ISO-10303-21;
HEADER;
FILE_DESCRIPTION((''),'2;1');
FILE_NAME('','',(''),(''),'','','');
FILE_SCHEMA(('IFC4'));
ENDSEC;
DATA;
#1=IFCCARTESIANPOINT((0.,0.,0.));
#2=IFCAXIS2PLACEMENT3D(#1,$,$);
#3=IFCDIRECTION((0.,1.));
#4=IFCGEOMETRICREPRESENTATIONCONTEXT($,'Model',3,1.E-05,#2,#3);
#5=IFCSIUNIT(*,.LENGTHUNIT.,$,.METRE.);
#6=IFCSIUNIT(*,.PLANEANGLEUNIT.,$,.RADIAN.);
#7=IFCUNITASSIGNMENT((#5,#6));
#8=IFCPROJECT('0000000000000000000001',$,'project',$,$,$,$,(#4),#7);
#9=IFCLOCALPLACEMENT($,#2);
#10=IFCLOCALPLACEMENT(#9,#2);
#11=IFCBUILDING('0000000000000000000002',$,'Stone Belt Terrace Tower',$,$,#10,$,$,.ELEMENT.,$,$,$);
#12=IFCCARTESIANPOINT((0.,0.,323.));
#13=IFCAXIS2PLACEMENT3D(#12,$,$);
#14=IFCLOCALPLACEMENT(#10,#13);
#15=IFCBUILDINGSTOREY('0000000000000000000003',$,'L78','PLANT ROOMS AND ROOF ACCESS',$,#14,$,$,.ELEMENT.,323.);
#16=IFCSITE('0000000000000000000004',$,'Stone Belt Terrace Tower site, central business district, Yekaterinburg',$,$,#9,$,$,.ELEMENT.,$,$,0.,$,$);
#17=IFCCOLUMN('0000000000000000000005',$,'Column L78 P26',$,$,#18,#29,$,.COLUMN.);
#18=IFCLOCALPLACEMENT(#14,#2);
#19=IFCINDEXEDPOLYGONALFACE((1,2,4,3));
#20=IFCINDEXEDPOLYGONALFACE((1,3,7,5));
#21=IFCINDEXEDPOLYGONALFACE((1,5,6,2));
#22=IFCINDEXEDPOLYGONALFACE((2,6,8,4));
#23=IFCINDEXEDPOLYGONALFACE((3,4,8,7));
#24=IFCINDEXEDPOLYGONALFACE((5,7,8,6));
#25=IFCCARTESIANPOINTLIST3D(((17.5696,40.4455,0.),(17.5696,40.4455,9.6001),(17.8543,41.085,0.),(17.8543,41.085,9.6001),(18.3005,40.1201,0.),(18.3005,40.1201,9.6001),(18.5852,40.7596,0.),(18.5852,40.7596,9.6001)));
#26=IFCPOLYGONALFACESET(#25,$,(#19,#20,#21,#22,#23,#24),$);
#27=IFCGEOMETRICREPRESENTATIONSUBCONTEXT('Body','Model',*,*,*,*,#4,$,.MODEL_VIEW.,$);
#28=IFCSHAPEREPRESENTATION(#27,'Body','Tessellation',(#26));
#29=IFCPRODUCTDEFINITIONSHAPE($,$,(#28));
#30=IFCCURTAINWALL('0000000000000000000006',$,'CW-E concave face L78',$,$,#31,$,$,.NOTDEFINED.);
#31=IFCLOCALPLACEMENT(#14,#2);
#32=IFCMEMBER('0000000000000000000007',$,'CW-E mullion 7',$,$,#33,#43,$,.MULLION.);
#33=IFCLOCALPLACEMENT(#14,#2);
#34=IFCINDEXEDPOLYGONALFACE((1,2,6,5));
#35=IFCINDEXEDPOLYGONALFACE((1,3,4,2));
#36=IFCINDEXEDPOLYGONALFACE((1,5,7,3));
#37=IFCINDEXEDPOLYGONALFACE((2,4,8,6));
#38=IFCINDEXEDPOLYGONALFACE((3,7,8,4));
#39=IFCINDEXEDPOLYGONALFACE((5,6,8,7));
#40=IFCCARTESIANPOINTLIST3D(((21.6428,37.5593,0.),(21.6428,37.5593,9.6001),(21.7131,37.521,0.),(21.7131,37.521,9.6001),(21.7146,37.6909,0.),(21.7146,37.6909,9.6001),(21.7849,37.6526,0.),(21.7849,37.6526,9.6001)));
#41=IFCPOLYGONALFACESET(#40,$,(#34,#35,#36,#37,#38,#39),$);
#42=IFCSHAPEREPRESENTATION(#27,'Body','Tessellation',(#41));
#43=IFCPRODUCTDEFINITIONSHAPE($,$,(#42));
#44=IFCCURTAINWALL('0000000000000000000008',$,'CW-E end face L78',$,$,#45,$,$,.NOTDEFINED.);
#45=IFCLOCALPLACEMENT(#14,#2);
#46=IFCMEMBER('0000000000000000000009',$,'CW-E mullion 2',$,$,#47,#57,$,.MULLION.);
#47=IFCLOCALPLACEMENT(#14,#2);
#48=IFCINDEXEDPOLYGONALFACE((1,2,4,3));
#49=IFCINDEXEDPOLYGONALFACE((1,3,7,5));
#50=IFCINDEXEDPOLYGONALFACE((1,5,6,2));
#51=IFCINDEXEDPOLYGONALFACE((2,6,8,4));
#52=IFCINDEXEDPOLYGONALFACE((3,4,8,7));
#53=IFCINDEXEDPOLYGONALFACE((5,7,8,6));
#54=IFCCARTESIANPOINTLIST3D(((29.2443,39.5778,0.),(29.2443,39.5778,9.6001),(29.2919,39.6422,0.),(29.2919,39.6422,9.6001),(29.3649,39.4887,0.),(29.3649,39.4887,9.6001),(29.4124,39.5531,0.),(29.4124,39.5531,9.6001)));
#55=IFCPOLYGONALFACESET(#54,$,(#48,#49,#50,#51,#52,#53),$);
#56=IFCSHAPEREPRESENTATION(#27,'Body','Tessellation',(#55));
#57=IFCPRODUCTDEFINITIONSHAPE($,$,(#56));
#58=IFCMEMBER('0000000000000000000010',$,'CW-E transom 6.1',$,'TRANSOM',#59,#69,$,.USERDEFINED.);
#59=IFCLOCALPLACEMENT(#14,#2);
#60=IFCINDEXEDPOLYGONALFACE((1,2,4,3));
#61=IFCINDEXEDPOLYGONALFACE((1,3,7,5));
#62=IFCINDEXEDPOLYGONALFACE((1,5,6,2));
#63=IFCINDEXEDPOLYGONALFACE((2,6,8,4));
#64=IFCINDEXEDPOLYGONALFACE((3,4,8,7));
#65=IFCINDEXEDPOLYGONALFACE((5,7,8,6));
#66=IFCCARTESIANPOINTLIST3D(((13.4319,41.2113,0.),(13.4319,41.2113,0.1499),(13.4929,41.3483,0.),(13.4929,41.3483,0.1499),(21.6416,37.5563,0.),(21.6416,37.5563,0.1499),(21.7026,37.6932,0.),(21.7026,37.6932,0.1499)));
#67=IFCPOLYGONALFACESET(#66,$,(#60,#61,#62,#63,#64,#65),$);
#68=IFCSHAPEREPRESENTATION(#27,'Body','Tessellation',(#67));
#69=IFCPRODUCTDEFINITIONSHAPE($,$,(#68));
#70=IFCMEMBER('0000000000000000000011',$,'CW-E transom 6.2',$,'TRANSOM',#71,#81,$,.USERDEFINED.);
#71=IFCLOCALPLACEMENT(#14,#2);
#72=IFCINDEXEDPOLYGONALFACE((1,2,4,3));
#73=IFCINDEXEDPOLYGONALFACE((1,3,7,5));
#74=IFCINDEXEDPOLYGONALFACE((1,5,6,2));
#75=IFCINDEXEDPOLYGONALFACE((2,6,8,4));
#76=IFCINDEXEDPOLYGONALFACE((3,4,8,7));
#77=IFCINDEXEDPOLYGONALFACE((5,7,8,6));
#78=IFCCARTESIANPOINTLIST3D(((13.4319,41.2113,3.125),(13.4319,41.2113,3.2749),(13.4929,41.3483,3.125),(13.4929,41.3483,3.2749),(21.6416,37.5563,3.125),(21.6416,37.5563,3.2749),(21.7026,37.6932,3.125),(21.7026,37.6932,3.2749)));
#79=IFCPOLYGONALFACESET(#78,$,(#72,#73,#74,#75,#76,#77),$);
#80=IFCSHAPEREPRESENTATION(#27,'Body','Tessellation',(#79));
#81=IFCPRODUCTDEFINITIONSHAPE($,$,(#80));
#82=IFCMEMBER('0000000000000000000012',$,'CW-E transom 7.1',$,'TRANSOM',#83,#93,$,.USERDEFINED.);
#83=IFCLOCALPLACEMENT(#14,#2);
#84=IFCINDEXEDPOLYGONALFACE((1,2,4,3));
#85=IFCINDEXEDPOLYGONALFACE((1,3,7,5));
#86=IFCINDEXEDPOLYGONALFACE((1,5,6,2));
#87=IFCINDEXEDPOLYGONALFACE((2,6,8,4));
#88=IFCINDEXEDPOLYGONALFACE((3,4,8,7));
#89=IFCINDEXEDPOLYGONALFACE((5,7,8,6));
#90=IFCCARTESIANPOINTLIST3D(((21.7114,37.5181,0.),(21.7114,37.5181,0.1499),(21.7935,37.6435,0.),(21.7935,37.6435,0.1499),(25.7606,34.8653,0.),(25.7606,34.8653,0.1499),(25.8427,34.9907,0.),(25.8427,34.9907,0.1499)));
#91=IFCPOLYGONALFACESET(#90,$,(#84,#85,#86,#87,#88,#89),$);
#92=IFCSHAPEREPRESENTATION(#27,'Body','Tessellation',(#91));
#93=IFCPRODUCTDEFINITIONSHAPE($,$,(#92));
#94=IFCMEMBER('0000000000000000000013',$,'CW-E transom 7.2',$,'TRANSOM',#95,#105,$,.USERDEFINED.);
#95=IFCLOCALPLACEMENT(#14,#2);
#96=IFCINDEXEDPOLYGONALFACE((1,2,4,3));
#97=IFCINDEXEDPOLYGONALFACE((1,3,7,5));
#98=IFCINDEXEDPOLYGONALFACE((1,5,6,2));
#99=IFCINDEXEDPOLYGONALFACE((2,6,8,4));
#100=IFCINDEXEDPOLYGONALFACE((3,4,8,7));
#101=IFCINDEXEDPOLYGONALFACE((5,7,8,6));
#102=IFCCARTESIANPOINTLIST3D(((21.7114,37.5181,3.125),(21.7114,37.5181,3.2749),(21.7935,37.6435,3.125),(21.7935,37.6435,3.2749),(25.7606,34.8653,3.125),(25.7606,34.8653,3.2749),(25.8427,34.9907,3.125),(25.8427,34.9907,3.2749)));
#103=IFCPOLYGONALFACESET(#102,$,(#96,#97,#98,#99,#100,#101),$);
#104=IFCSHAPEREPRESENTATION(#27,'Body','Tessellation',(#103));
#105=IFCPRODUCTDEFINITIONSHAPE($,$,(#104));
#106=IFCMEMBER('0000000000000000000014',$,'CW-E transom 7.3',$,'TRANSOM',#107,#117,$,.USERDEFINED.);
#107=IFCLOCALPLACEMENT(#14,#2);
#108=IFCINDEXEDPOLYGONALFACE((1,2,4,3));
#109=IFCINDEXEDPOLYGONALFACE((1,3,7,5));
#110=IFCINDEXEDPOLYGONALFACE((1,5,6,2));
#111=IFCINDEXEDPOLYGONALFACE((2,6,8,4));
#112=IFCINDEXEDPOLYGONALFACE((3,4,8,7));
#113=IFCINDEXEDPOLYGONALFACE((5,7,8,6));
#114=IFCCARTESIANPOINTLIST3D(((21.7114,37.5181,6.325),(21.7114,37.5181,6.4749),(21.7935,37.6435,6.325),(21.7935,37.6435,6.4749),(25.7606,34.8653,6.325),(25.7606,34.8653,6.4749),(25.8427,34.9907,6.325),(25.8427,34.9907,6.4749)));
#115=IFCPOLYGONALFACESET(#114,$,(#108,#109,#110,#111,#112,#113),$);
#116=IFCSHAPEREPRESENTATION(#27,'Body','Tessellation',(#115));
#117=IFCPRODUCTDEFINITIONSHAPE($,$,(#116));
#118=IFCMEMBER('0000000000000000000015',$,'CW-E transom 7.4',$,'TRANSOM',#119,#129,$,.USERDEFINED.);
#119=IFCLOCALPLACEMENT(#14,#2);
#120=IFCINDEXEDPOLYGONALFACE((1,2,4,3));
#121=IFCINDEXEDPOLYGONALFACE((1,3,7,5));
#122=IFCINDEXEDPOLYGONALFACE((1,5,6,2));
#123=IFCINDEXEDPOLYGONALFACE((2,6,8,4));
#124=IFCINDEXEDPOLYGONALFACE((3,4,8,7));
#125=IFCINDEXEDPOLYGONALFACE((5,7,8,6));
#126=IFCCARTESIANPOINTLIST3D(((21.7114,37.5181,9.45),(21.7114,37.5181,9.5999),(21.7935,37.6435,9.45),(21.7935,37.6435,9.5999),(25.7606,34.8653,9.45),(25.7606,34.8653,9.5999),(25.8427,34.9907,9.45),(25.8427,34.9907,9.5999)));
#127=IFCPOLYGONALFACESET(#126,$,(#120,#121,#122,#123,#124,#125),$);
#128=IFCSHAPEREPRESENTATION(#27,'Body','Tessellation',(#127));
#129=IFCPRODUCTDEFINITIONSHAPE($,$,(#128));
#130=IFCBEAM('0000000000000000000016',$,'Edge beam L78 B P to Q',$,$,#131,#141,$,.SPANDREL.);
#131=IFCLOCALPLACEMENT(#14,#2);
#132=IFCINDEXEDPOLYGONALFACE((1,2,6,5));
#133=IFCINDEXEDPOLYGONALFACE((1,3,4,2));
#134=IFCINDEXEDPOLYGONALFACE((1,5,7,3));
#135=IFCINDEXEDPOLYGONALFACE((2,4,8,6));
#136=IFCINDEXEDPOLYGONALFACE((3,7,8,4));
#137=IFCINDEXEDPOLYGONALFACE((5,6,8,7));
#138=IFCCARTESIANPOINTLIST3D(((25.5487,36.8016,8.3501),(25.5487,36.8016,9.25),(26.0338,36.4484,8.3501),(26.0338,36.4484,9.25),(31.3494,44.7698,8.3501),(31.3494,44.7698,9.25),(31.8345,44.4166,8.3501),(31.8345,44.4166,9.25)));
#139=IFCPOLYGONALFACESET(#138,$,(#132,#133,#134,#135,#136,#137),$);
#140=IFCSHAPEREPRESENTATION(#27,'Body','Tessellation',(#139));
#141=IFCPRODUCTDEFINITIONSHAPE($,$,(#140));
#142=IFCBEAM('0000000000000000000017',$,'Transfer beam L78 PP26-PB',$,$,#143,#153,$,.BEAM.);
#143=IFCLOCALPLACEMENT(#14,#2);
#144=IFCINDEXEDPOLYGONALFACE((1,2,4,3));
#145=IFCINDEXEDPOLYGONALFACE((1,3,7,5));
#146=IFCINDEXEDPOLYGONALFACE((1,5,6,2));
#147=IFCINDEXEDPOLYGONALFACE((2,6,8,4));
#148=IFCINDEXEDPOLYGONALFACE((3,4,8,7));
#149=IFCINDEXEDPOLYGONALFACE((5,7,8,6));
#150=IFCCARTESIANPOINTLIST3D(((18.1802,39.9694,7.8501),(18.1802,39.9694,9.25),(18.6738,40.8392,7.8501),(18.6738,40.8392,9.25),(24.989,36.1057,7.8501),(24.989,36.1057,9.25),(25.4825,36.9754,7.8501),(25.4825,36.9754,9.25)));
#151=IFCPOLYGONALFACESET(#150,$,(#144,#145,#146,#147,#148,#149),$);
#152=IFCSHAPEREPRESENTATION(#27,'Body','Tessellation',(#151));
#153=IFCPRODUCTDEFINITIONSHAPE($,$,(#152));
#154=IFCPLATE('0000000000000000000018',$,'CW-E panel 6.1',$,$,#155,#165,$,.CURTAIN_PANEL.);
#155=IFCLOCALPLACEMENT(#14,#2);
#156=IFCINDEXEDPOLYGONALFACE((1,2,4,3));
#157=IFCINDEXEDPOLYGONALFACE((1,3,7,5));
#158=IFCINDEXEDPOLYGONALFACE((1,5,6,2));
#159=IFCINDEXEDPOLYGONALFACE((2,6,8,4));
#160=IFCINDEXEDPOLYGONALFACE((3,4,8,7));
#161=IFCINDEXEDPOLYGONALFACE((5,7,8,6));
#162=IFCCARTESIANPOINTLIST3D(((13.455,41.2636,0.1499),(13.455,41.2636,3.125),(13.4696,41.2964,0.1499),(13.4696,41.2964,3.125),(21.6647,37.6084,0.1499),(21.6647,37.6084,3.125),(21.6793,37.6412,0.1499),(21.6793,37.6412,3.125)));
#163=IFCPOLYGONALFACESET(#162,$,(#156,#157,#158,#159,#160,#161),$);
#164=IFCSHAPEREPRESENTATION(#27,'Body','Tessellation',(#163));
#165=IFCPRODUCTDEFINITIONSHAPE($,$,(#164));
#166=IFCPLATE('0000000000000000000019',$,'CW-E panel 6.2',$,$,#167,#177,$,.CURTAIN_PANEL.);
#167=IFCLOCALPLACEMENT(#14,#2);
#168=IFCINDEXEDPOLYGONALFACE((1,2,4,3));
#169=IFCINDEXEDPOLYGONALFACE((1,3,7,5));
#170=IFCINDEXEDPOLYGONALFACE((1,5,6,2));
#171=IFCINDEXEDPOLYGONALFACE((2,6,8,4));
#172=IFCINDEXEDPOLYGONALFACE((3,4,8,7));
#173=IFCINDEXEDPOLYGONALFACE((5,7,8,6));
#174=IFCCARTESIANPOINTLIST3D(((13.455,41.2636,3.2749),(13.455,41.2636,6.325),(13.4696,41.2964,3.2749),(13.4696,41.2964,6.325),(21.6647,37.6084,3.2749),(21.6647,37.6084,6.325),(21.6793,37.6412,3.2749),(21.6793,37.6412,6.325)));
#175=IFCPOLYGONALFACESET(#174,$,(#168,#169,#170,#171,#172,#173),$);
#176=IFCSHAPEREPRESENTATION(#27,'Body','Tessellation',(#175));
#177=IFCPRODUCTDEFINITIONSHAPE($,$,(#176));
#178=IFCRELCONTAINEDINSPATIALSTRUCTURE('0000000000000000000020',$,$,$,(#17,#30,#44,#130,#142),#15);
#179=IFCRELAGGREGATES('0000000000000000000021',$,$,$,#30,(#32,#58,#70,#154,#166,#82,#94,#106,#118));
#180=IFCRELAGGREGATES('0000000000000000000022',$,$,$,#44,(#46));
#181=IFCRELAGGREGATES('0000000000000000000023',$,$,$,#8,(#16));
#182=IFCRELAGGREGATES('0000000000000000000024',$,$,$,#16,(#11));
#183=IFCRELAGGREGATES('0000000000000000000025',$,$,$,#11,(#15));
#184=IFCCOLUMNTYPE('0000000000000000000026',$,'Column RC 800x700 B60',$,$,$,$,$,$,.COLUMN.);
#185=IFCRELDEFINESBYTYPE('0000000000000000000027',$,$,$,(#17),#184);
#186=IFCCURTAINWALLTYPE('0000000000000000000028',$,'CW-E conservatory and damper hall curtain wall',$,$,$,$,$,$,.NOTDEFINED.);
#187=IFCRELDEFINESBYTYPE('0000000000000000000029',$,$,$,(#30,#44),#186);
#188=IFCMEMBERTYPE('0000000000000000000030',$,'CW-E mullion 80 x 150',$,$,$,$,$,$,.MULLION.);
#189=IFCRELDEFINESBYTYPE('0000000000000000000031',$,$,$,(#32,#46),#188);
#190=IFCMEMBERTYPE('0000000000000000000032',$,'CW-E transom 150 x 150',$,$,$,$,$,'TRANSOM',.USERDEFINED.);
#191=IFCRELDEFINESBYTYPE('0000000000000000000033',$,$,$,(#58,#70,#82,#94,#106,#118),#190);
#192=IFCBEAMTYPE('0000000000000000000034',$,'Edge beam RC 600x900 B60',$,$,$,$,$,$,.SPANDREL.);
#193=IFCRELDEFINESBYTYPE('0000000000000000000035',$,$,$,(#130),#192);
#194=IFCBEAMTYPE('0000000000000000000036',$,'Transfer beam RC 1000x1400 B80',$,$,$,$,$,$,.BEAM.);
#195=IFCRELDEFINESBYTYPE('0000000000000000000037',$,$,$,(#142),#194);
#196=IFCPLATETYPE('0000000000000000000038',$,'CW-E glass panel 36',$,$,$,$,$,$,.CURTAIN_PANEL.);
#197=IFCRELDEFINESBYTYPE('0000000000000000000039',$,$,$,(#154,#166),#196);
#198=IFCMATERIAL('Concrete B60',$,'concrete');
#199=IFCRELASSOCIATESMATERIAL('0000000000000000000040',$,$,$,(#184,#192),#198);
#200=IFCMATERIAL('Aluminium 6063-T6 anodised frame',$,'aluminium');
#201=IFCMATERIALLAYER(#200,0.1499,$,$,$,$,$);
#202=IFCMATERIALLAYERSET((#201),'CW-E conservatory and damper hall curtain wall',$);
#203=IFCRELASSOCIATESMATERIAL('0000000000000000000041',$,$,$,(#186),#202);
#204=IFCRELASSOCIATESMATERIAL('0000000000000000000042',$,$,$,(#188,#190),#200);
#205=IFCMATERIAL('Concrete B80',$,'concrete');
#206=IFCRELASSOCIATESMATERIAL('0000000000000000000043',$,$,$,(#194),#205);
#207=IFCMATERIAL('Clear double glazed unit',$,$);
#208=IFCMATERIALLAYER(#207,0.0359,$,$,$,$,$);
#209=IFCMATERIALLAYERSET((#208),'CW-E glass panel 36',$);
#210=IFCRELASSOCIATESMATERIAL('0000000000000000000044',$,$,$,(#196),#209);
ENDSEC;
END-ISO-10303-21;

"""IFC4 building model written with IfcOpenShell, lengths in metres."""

from ifc_helpers import new_model, si_unit, direction, frame, origin, origin_2d, place, context, subcontext, project, spatial, rectangle, extrude, material, layer, layer_set, material_profile, profile_set, type_object, element, aggregate, save


model = new_model("IFC4")

# Units and contexts
model_context = context("Model", 3, precision=1e-05, world=origin(), true_north=direction((0.0, 1.0)))
body_context = subcontext(model_context, "Body", "Model", "MODEL_VIEW")
ifc_project = project(units=[si_unit("LENGTHUNIT", "METRE"), si_unit("PLANEANGLEUNIT", "RADIAN")], contexts=[model_context])

# Site, building, storey
site_placement = place(None, origin())
site = spatial("IfcSite", under=ifc_project, at=site_placement, Name="Stone Belt Terrace Tower site, central business district, Yekaterinburg", CompositionType="ELEMENT", RefElevation=0.0)
building_placement = place(site_placement, origin())
building = spatial("IfcBuilding", under=site, at=building_placement, Name="Stone Belt Terrace Tower", CompositionType="ELEMENT")
storey_placement = place(building_placement, frame((0.0, 0.0, 323.0)))
storey = spatial("IfcBuildingStorey", under=building, at=storey_placement, Name="L78", Description="PLANT ROOMS AND ROOF ACCESS", CompositionType="ELEMENT", Elevation=323.0)

# Column
ifc_material_1 = material(Name="Concrete B60", Category="concrete")
ifc_material_profile_1 = material_profile(ifc_material_1, rectangle(XDim=0.8, YDim=0.7, at=origin_2d()), Name="RC 800x700")
ifc_profile_set_1 = profile_set([ifc_material_profile_1], Name="Concrete B60")
column_type = type_object("IfcColumnType", Name="Column RC 800x700 B60", PredefinedType="COLUMN", material=ifc_profile_set_1)
column_placement = place(storey_placement, frame((18.0774, 40.6025, 0.0), z_axis=(0.0, 0.0, 1.0), x_axis=(0.913545, -0.406737, 0.0)))
element("IfcColumn", 1, at=column_placement, inside=storey, type_object=column_type, Name="Column L78 P26", PredefinedType="COLUMN", context=body_context, shape_type="SweptSolid", body=[
    extrude(rectangle(XDim=0.8, YDim=0.7, at=origin_2d()), origin(), (0.0, 0.0, 1.0), 9.6001),
])

# Curtain walls, members
ifc_material_2 = material(Name="Aluminium 6063-T6 anodised frame", Category="aluminium")
ifc_layer_1 = layer(ifc_material_2, 0.1499)
ifc_layer_set_1 = layer_set([ifc_layer_1], Name="CW-E conservatory and damper hall curtain wall")
curtain_wall_type = type_object("IfcCurtainWallType", Name="CW-E conservatory and damper hall curtain wall", PredefinedType="NOTDEFINED", material=ifc_layer_set_1)
curtain_wall_1_placement = place(storey_placement, origin())
curtain_wall_1 = element("IfcCurtainWall", 2, at=curtain_wall_1_placement, inside=storey, type_object=curtain_wall_type, Name="CW-E concave face L78", PredefinedType="NOTDEFINED")
ifc_material_profile_2 = material_profile(ifc_material_2, rectangle(XDim=0.1499, YDim=0.0801, at=origin_2d()), Name="Aluminium 6063-T6 80x150")
ifc_profile_set_2 = profile_set([ifc_material_profile_2], Name="Aluminium 6063-T6 anodised frame")
member_type_1 = type_object("IfcMemberType", Name="CW-E mullion 80 x 150", PredefinedType="MULLION", material=ifc_profile_set_2)
member_1_placement = place(storey_placement, frame((21.7139, 37.606, 0.0), z_axis=(0.0, 0.0, 1.0), x_axis=(0.478925, 0.877856, 0.0)))
member_1 = element("IfcMember", 3, at=member_1_placement, type_object=member_type_1, Name="CW-E mullion 7", PredefinedType="MULLION", context=body_context, shape_type="SweptSolid", body=[
    extrude(rectangle(XDim=0.1499, YDim=0.0801, at=origin_2d()), origin(), (0.0, 0.0, 1.0), 9.6001),
])
curtain_wall_2_placement = place(storey_placement, origin())
curtain_wall_2 = element("IfcCurtainWall", 4, at=curtain_wall_2_placement, inside=storey, type_object=curtain_wall_type, Name="CW-E end face L78", PredefinedType="NOTDEFINED")
member_2_placement = place(storey_placement, frame((29.3284, 39.5654, 0.0), z_axis=(0.0, 0.0, 1.0), x_axis=(-0.804262, 0.594275, 0.0)))
member_2 = element("IfcMember", 5, at=member_2_placement, type_object=member_type_1, Name="CW-E mullion 2", PredefinedType="MULLION", context=body_context, shape_type="SweptSolid", body=[
    extrude(rectangle(XDim=0.1499, YDim=0.0801, at=origin_2d()), origin(), (0.0, 0.0, 1.0), 9.6001),
])

# Members
ifc_material_profile_3 = material_profile(ifc_material_2, rectangle(XDim=0.1499, YDim=0.1499, at=origin_2d()), Name="Aluminium 6063-T6 150x150")
ifc_profile_set_3 = profile_set([ifc_material_profile_3], Name="Aluminium 6063-T6 anodised frame")
member_type_2 = type_object("IfcMemberType", Name="CW-E transom 150 x 150", ElementType="TRANSOM", PredefinedType="USERDEFINED", material=ifc_profile_set_3)
member_3_placement = place(storey_placement, frame((13.4624, 41.2798, 0.075), z_axis=(0.913553, -0.406721, 0.0), x_axis=(0.406721, 0.913553, 0.0)))
member_3 = element("IfcMember", 6, at=member_3_placement, type_object=member_type_2, Name="CW-E transom 6.1", ObjectType="TRANSOM", PredefinedType="USERDEFINED", context=body_context, shape_type="SweptSolid", body=[
    extrude(rectangle(XDim=0.1499, YDim=0.1499, at=origin_2d()), origin(), (0.0, 0.0, 1.0), 8.9866),
])
member_4_placement = place(storey_placement, frame((13.4624, 41.2798, 3.2), z_axis=(0.913553, -0.406721, 0.0), x_axis=(0.406721, 0.913553, 0.0)))
member_4 = element("IfcMember", 7, at=member_4_placement, type_object=member_type_2, Name="CW-E transom 6.2", ObjectType="TRANSOM", PredefinedType="USERDEFINED", context=body_context, shape_type="SweptSolid", body=[
    extrude(rectangle(XDim=0.1499, YDim=0.1499, at=origin_2d()), origin(), (0.0, 0.0, 1.0), 8.9866),
])
member_5_placement = place(storey_placement, frame((21.7524, 37.5808, 0.075), z_axis=(0.836477, -0.548002, 0.0), x_axis=(0.548002, 0.836477, 0.0)))
member_5 = element("IfcMember", 8, at=member_5_placement, type_object=member_type_2, Name="CW-E transom 7.1", ObjectType="TRANSOM", PredefinedType="USERDEFINED", context=body_context, shape_type="SweptSolid", body=[
    extrude(rectangle(XDim=0.1499, YDim=0.1499, at=origin_2d()), origin(), (0.0, 0.0, 1.0), 4.8408),
])
member_6_placement = place(storey_placement, frame((21.7524, 37.5808, 3.2), z_axis=(0.836477, -0.548002, 0.0), x_axis=(0.548002, 0.836477, 0.0)))
member_6 = element("IfcMember", 9, at=member_6_placement, type_object=member_type_2, Name="CW-E transom 7.2", ObjectType="TRANSOM", PredefinedType="USERDEFINED", context=body_context, shape_type="SweptSolid", body=[
    extrude(rectangle(XDim=0.1499, YDim=0.1499, at=origin_2d()), origin(), (0.0, 0.0, 1.0), 4.8408),
])
member_7_placement = place(storey_placement, frame((21.7524, 37.5808, 6.3999), z_axis=(0.836477, -0.548002, 0.0), x_axis=(0.548002, 0.836477, 0.0)))
member_7 = element("IfcMember", 10, at=member_7_placement, type_object=member_type_2, Name="CW-E transom 7.3", ObjectType="TRANSOM", PredefinedType="USERDEFINED", context=body_context, shape_type="SweptSolid", body=[
    extrude(rectangle(XDim=0.1499, YDim=0.1499, at=origin_2d()), origin(), (0.0, 0.0, 1.0), 4.8408),
])
member_8_placement = place(storey_placement, frame((21.7524, 37.5808, 9.5249), z_axis=(0.836477, -0.548002, 0.0), x_axis=(0.548002, 0.836477, 0.0)))
member_8 = element("IfcMember", 11, at=member_8_placement, type_object=member_type_2, Name="CW-E transom 7.4", ObjectType="TRANSOM", PredefinedType="USERDEFINED", context=body_context, shape_type="SweptSolid", body=[
    extrude(rectangle(XDim=0.1499, YDim=0.1499, at=origin_2d()), origin(), (0.0, 0.0, 1.0), 4.8408),
])

# Beams
ifc_material_profile_4 = material_profile(ifc_material_1, rectangle(XDim=0.6001, YDim=0.8999, at=origin_2d()), Name="RC 600x900")
ifc_profile_set_4 = profile_set([ifc_material_profile_4], Name="Concrete B60")
beam_type_1 = type_object("IfcBeamType", Name="Edge beam RC 600x900 B60", PredefinedType="SPANDREL", material=ifc_profile_set_4)
beam_1_placement = place(storey_placement, frame((25.7913, 36.625, 8.8), z_axis=(0.588549, 0.808462, 0.0), x_axis=(-0.808462, 0.588549, 0.0)))
element("IfcBeam", 12, at=beam_1_placement, inside=storey, type_object=beam_type_1, Name="Edge beam L78 B P to Q", PredefinedType="SPANDREL", context=body_context, shape_type="SweptSolid", body=[
    extrude(rectangle(XDim=0.6001, YDim=0.8999, at=origin_2d()), origin(), (0.0, 0.0, 1.0), 9.856),
])
ifc_material_3 = material(Name="Concrete B80", Category="concrete")
ifc_material_profile_5 = material_profile(ifc_material_3, rectangle(XDim=1.0, YDim=1.3999, at=origin_2d()), Name="RC 1000x1400")
ifc_profile_set_5 = profile_set([ifc_material_profile_5], Name="Concrete B80")
beam_type_2 = type_object("IfcBeamType", Name="Transfer beam RC 1000x1400 B80", PredefinedType="BEAM", material=ifc_profile_set_5)
beam_2_placement = place(storey_placement, frame((18.427, 40.4043, 8.55), z_axis=(0.869725, -0.493537, 0.0), x_axis=(0.493537, 0.869725, 0.0)))
element("IfcBeam", 13, at=beam_2_placement, inside=storey, type_object=beam_type_2, Name="Transfer beam L78 PP26-PB", PredefinedType="BEAM", context=body_context, shape_type="SweptSolid", body=[
    extrude(rectangle(XDim=1.0, YDim=1.3999, at=origin_2d()), origin(), (0.0, 0.0, 1.0), 7.8286),
])

# Plates
ifc_material_4 = material(Name="Clear double glazed unit")
ifc_layer_2 = layer(ifc_material_4, 0.0359)
ifc_layer_set_2 = layer_set([ifc_layer_2], Name="CW-E glass panel 36")
plate_type = type_object("IfcPlateType", Name="CW-E glass panel 36", PredefinedType="CURTAIN_PANEL", material=ifc_layer_set_2)
plate_1_placement = place(storey_placement, frame((17.5671, 39.4524, 0.1499), z_axis=(0.0, 0.0, 1.0), x_axis=(0.913545, -0.406737, 0.0)))
plate_1 = element("IfcPlate", 14, at=plate_1_placement, type_object=plate_type, Name="CW-E panel 6.1", PredefinedType="CURTAIN_PANEL", context=body_context, shape_type="SweptSolid", body=[
    extrude(rectangle(XDim=8.9866, YDim=0.0359, at=origin_2d()), origin(), (0.0, 0.0, 1.0), 2.9751),
])
plate_2_placement = place(storey_placement, frame((17.5671, 39.4524, 3.2749), z_axis=(0.0, 0.0, 1.0), x_axis=(0.913545, -0.406737, 0.0)))
plate_2 = element("IfcPlate", 15, at=plate_2_placement, type_object=plate_type, Name="CW-E panel 6.2", PredefinedType="CURTAIN_PANEL", context=body_context, shape_type="SweptSolid", body=[
    extrude(rectangle(XDim=8.9866, YDim=0.0359, at=origin_2d()), origin(), (0.0, 0.0, 1.0), 3.05),
])
aggregate(curtain_wall_1, [member_1, member_3, member_4, plate_1, plate_2, member_5, member_6, member_7, member_8])
aggregate(curtain_wall_2, [member_2])

save(model, "model.ifc")
